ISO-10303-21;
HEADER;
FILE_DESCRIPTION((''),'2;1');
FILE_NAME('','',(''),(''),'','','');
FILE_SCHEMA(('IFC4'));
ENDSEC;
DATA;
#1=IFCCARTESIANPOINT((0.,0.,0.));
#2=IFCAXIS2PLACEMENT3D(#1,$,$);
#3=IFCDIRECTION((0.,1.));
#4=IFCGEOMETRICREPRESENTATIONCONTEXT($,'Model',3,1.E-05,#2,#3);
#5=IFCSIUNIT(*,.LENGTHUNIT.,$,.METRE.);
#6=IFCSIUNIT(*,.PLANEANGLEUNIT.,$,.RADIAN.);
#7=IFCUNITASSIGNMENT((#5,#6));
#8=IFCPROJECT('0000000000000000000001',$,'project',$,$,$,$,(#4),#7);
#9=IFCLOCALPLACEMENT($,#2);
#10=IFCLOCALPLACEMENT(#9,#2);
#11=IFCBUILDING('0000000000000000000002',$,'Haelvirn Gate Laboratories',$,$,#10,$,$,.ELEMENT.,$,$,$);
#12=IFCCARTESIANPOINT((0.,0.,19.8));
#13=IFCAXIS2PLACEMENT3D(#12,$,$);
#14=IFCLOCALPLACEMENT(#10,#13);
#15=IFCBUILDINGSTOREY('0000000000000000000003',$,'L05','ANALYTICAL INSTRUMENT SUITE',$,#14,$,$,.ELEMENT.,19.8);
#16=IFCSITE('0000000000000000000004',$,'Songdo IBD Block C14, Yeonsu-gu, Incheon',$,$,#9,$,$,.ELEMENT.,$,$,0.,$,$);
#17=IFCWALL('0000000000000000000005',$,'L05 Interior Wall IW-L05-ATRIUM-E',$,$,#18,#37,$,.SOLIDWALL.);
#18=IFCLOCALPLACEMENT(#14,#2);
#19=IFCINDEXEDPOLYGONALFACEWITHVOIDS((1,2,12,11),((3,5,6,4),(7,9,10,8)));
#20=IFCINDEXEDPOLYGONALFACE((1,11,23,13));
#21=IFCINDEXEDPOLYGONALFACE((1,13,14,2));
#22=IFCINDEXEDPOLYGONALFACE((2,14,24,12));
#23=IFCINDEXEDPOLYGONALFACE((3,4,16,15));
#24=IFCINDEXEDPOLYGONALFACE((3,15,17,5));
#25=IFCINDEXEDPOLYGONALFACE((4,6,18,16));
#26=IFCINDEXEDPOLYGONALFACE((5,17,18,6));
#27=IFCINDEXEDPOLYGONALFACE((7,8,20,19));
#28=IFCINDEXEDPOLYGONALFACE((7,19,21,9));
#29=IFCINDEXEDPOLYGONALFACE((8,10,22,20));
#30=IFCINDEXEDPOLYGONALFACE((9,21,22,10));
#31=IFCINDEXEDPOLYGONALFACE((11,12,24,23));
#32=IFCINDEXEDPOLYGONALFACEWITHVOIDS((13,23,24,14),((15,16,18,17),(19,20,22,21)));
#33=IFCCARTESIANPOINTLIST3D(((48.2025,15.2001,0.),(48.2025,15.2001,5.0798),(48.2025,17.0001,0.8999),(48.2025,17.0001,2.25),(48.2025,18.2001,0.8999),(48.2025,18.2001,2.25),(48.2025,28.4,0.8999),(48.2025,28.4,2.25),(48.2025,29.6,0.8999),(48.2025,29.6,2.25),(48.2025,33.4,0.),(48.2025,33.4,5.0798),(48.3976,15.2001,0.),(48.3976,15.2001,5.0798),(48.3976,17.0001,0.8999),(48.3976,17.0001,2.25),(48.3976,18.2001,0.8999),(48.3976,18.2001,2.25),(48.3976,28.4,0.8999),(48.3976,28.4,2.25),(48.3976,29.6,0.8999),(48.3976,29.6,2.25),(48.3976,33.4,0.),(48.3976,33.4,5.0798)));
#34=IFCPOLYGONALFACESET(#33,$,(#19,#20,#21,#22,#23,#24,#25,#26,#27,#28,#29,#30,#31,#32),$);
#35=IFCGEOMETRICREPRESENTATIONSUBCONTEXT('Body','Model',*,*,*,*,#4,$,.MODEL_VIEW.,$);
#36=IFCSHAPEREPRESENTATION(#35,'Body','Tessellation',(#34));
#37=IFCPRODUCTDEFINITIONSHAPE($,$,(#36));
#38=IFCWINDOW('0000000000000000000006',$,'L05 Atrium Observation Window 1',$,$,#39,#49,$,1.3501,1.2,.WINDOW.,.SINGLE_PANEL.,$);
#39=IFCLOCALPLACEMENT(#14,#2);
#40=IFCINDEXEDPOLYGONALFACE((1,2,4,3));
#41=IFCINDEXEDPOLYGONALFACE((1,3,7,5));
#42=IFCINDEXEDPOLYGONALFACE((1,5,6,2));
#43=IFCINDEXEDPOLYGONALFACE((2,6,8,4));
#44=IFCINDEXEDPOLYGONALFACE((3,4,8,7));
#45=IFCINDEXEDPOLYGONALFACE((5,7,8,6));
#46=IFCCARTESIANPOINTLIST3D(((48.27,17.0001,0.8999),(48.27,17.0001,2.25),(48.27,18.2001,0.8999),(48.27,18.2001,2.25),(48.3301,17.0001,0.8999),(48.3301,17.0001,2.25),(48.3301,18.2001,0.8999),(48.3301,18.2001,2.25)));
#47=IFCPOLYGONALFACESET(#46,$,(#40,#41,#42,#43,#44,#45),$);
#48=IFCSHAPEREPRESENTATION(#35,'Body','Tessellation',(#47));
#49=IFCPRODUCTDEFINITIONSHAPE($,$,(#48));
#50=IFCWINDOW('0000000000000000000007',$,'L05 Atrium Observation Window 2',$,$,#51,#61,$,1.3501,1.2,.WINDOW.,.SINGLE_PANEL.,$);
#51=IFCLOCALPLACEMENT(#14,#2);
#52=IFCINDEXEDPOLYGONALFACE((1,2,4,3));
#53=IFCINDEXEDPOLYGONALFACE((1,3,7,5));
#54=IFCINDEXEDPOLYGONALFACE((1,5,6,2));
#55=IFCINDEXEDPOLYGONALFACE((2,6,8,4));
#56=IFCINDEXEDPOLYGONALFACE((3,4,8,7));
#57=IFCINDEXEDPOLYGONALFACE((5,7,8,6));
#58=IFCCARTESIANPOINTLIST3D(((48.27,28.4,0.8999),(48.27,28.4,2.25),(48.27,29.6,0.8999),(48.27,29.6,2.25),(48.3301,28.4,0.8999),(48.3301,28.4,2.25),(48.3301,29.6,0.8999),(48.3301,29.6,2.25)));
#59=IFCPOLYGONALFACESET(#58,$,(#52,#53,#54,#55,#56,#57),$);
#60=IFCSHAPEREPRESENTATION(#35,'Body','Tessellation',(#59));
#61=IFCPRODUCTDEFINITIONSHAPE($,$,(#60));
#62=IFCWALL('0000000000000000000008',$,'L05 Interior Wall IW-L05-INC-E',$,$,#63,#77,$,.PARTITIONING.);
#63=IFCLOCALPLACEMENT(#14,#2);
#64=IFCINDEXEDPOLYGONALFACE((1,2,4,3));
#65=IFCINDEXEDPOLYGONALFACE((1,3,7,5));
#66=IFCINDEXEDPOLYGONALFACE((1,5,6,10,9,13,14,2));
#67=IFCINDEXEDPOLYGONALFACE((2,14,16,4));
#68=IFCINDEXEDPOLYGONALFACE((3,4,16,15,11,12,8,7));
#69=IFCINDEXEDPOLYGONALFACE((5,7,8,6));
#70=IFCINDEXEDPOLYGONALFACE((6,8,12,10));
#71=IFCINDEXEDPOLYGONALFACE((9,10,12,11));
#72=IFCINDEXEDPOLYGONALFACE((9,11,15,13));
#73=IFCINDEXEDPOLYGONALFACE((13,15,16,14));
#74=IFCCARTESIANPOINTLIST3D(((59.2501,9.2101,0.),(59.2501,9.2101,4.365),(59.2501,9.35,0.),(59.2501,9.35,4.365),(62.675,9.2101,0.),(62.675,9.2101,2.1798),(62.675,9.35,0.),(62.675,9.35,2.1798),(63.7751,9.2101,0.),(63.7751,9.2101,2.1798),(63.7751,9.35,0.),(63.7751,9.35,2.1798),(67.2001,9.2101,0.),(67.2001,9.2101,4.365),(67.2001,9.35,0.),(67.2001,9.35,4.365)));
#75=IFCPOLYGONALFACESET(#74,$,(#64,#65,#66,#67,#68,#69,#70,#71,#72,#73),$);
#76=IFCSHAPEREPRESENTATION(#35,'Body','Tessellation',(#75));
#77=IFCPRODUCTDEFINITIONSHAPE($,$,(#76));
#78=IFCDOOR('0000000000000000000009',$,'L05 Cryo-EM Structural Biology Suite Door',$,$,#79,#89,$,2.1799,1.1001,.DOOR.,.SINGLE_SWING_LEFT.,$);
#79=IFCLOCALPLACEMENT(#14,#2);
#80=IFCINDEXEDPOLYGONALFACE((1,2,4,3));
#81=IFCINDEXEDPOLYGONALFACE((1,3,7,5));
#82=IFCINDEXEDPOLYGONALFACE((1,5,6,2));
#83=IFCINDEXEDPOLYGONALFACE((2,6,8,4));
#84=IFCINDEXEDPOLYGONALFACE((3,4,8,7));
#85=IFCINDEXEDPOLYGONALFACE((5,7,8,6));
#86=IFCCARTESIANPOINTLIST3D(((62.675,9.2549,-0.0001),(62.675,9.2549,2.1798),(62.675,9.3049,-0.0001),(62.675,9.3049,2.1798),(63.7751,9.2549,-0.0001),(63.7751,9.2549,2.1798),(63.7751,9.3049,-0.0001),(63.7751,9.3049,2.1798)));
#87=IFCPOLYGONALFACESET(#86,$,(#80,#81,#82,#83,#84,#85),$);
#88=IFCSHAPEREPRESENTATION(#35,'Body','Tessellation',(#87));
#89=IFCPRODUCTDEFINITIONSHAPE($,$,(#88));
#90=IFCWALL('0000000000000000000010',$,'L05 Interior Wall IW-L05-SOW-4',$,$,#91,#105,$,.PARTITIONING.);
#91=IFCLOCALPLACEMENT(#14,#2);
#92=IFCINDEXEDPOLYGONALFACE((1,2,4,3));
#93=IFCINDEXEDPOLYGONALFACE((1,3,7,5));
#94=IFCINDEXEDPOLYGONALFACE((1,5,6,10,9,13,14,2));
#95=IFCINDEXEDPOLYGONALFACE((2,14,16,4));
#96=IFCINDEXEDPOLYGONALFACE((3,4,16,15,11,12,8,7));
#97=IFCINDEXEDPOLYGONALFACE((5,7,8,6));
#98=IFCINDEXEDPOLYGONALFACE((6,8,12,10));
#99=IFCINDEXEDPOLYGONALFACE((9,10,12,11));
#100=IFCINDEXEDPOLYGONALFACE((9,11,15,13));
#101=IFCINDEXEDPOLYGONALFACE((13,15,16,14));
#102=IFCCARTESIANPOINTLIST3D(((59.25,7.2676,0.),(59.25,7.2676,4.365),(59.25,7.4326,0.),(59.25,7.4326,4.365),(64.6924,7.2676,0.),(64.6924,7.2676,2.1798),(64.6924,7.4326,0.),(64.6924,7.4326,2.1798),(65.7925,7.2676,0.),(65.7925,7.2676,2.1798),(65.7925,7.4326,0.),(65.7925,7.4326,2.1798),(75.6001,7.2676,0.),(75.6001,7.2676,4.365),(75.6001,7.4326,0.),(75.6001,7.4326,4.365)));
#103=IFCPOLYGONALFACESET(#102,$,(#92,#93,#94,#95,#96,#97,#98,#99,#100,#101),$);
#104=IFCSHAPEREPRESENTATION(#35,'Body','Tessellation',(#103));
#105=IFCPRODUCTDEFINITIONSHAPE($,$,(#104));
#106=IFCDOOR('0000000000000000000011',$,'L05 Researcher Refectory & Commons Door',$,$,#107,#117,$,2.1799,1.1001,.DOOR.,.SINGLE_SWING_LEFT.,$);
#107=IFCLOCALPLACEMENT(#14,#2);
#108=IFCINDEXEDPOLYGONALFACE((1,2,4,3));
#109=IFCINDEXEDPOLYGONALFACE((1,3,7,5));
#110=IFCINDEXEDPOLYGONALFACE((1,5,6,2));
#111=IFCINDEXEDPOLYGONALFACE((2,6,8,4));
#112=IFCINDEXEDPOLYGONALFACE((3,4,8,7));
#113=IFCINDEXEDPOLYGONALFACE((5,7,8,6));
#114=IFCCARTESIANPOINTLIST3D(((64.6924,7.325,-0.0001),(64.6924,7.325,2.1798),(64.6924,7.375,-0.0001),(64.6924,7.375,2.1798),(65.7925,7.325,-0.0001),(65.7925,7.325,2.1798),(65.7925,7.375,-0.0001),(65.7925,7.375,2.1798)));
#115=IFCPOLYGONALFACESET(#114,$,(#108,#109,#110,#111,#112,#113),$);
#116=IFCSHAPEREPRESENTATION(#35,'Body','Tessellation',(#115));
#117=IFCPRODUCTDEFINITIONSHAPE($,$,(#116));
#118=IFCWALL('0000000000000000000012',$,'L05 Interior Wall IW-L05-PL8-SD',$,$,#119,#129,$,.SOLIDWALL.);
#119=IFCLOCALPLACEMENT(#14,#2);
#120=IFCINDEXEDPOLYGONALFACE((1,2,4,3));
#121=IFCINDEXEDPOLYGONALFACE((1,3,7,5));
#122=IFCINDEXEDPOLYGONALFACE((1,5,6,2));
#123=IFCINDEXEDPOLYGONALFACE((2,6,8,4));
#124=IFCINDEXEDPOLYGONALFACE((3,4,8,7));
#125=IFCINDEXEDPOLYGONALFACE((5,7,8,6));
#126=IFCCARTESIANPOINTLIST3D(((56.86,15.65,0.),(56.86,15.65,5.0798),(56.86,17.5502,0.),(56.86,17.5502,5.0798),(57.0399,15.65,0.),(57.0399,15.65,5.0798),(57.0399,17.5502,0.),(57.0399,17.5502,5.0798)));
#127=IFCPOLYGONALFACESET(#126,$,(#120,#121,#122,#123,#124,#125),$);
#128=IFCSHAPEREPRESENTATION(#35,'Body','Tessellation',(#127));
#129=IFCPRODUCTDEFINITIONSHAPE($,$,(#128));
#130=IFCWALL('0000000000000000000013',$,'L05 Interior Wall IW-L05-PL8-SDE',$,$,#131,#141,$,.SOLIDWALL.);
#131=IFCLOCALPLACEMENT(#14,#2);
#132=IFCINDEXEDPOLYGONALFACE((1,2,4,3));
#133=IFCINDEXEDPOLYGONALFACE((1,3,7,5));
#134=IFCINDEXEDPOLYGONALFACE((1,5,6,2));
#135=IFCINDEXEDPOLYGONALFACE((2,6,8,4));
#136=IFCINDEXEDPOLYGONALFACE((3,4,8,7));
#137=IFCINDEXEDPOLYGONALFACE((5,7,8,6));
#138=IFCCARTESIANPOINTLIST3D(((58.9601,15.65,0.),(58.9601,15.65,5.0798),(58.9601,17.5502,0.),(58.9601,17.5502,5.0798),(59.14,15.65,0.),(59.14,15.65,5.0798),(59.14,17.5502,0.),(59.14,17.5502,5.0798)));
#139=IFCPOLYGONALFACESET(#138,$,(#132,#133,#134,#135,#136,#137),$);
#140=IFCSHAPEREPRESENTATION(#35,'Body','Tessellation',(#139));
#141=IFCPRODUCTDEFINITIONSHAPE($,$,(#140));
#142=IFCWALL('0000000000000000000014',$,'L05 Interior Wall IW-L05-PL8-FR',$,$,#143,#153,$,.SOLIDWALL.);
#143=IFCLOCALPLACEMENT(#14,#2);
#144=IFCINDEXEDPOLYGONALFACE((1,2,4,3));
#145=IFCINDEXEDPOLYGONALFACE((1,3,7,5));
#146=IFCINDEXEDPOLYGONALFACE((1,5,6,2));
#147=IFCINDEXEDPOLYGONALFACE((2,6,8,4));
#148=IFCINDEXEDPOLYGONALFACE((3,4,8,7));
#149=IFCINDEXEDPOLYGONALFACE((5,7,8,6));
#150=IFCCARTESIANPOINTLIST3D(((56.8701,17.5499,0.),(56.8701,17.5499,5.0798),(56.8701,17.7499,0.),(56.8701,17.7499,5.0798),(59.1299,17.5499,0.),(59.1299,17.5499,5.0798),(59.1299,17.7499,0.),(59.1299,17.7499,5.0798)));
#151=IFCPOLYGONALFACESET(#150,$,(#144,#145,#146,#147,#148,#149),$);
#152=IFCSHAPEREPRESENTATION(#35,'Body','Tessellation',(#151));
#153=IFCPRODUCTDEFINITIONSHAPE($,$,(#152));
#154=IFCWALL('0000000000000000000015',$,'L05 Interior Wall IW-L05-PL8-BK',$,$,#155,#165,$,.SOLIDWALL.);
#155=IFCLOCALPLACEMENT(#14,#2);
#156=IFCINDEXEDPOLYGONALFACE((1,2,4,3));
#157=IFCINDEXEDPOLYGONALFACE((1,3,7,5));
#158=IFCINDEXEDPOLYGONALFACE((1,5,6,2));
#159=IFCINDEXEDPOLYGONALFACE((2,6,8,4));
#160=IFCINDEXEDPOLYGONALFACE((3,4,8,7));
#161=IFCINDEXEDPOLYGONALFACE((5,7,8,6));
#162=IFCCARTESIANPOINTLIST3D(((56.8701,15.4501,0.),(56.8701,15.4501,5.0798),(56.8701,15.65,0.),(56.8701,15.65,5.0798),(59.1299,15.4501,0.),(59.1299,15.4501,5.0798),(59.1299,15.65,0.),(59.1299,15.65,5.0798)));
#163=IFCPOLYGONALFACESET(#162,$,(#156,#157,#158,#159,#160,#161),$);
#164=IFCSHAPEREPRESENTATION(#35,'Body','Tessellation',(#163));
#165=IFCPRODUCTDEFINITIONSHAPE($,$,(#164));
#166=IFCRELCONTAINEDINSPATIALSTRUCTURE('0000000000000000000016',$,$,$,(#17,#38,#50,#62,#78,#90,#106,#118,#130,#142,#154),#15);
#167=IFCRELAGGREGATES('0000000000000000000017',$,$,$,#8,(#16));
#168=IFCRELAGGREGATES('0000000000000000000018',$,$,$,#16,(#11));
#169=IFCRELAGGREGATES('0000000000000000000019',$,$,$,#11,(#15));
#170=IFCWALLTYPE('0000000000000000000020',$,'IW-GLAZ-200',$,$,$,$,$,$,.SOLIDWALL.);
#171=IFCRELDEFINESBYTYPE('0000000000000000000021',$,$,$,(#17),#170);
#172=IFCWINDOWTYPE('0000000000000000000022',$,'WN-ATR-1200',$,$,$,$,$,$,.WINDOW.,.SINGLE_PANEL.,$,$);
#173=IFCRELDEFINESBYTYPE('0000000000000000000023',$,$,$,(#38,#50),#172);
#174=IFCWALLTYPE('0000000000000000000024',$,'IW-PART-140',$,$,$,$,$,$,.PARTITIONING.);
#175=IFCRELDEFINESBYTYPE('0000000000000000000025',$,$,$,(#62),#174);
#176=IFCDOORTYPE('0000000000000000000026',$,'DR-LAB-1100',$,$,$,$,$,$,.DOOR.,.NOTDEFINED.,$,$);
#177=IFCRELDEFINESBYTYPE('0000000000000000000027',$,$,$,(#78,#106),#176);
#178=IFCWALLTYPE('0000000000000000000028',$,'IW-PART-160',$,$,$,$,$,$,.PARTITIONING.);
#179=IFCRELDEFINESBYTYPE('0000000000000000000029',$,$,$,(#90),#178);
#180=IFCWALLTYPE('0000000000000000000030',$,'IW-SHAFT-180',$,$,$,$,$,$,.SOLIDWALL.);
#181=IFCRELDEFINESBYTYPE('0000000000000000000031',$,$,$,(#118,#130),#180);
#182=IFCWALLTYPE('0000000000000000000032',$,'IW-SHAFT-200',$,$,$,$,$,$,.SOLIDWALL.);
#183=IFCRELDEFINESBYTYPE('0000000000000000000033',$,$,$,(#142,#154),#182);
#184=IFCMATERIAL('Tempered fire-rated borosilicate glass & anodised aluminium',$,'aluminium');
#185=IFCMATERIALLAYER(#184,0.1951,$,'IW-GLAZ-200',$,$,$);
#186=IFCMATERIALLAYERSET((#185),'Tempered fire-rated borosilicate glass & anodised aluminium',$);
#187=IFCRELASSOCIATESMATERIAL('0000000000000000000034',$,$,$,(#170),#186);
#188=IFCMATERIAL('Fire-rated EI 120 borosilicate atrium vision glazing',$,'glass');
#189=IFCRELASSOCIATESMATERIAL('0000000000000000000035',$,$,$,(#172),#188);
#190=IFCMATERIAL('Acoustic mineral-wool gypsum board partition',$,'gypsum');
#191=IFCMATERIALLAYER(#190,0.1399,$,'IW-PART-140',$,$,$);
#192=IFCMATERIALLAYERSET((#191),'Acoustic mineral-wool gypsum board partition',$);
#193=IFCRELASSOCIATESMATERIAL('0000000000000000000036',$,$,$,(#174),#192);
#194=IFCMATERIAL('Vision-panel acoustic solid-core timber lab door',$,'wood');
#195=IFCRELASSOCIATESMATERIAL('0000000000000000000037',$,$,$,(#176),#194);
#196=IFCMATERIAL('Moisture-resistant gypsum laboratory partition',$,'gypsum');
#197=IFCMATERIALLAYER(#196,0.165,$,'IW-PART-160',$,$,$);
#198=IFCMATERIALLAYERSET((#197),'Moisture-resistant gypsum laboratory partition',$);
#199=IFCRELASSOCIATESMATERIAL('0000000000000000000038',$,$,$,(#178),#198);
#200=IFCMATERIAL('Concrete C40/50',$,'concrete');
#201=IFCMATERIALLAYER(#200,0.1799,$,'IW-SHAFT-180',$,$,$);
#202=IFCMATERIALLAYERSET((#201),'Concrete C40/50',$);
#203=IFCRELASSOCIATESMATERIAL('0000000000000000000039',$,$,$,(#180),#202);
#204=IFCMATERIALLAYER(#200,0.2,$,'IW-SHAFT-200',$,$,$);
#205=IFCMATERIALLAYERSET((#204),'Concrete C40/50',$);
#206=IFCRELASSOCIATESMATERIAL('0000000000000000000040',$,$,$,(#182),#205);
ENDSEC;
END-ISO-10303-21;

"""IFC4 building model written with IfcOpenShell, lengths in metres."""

from ifc_helpers import new_model, si_unit, direction, frame, frame_2d, origin, place, context, subcontext, project, spatial, rectangle, extrude, source, transform, mapped, material, layer, layer_set, type_object, type_shapes, element, fill, save


model = new_model("IFC4")

# Units and contexts
model_context = context("Model", 3, precision=1e-05, world=origin(), true_north=direction((0.0, 1.0)))
body_context = subcontext(model_context, "Body", "Model", "MODEL_VIEW")
ifc_project = project(units=[si_unit("LENGTHUNIT", "METRE"), si_unit("PLANEANGLEUNIT", "RADIAN")], contexts=[model_context])

# Site, building, storey
site_placement = place(None, origin())
site = spatial("IfcSite", under=ifc_project, at=site_placement, Name="Songdo IBD Block C14, Yeonsu-gu, Incheon", CompositionType="ELEMENT", RefElevation=0.0)
building_placement = place(site_placement, origin())
building = spatial("IfcBuilding", under=site, at=building_placement, Name="Haelvirn Gate Laboratories", CompositionType="ELEMENT")
storey_placement = place(building_placement, frame((0.0, 0.0, 19.8)))
storey = spatial("IfcBuildingStorey", under=building, at=storey_placement, Name="L05", Description="ANALYTICAL INSTRUMENT SUITE", CompositionType="ELEMENT", Elevation=19.8)

# Wall, openings, windows
ifc_material_1 = material(Name="Tempered fire-rated borosilicate glass & anodised aluminium", Category="aluminium")
ifc_layer_1 = layer(ifc_material_1, 0.1951, Name="IW-GLAZ-200")
ifc_layer_set_1 = layer_set([ifc_layer_1], Name="Tempered fire-rated borosilicate glass & anodised aluminium")
wall_type_1 = type_object("IfcWallType", Name="IW-GLAZ-200", PredefinedType="SOLIDWALL", material=ifc_layer_set_1)
wall_1_placement = place(storey_placement, frame((48.3, 15.2, 0.0), z_axis=(0.0, 0.0, 1.0), x_axis=(0.0, 1.0, 0.0)))
wall_1 = element("IfcWall", 1, at=wall_1_placement, inside=storey, type_object=wall_type_1, Name="L05 Interior Wall IW-L05-ATRIUM-E", PredefinedType="SOLIDWALL", context=body_context, shape_type="SweptSolid", body=[
    extrude(rectangle(XDim=18.2, YDim=0.1951, at=frame_2d((9.1001, 0.0))), origin(), (0.0, 0.0, 1.0), 5.0798),
])
opening_1_placement = place(wall_1_placement, frame((1.8, 0.0, 0.8999)))
opening_1 = element("IfcOpeningElement", 2, at=opening_1_placement, cuts=wall_1, PredefinedType="OPENING", context=body_context, shape_type="SweptSolid", body=[
    extrude(rectangle(XDim=1.2, YDim=1.3501, at=frame_2d((0.6001, 0.675))), frame((0.0, 0.1074, 0.0), z_axis=(0.0, -1.0, 0.0), x_axis=(1.0, 0.0, 0.0)), (0.0, 0.0, 1.0), 0.2151),
])
opening_2_placement = place(wall_1_placement, frame((13.2, 0.0, 0.8999)))
opening_2 = element("IfcOpeningElement", 3, at=opening_2_placement, cuts=wall_1, PredefinedType="OPENING", context=body_context, shape_type="SweptSolid", body=[
    extrude(rectangle(XDim=1.2, YDim=1.3501, at=frame_2d((0.6001, 0.675))), frame((0.0, 0.1074, 0.0), z_axis=(0.0, -1.0, 0.0), x_axis=(1.0, 0.0, 0.0)), (0.0, 0.0, 1.0), 0.2151),
])
ifc_material_2 = material(Name="Fire-rated EI 120 borosilicate atrium vision glazing", Category="glass")
window_type = type_object("IfcWindowType", Name="WN-ATR-1200", PartitioningType="SINGLE_PANEL", PredefinedType="WINDOW", material=ifc_material_2)
shared_shape_1 = source(origin(), body_context, "Body", "SweptSolid", [
    extrude(rectangle(XDim=1.2, YDim=1.3501, at=frame_2d((0.6001, 0.675))), frame((0.0, 0.03, 0.0), z_axis=(0.0, -1.0, 0.0), x_axis=(1.0, 0.0, 0.0)), (0.0, 0.0, 1.0), 0.0601),
])
type_shapes(window_type, [shared_shape_1])
window_1_placement = place(opening_1_placement, origin())
window_1 = element("IfcWindow", 4, at=window_1_placement, inside=storey, type_object=window_type, Name="L05 Atrium Observation Window 1", OverallHeight=1.3501, OverallWidth=1.2, PartitioningType="SINGLE_PANEL", PredefinedType="WINDOW", context=body_context, shape_type="MappedRepresentation", body=[
    mapped(shared_shape_1, transform((0.0, 0.0, 0.0), scale=1.0)),
])
fill(opening_1, window_1)
window_2_placement = place(opening_2_placement, origin())
window_2 = element("IfcWindow", 5, at=window_2_placement, inside=storey, type_object=window_type, Name="L05 Atrium Observation Window 2", OverallHeight=1.3501, OverallWidth=1.2, PartitioningType="SINGLE_PANEL", PredefinedType="WINDOW", context=body_context, shape_type="MappedRepresentation", body=[
    mapped(shared_shape_1, transform((0.0, 0.0, 0.0), scale=1.0)),
])
fill(opening_2, window_2)

# Walls, openings, doors
ifc_material_3 = material(Name="Acoustic mineral-wool gypsum board partition", Category="gypsum")
ifc_layer_2 = layer(ifc_material_3, 0.1399, Name="IW-PART-140")
ifc_layer_set_2 = layer_set([ifc_layer_2], Name="Acoustic mineral-wool gypsum board partition")
wall_type_2 = type_object("IfcWallType", Name="IW-PART-140", PredefinedType="PARTITIONING", material=ifc_layer_set_2)
wall_2_placement = place(storey_placement, frame((59.25, 9.28, 0.0), z_axis=(0.0, 0.0, 1.0), x_axis=(1.0, 0.0, 0.0)))
wall_2 = element("IfcWall", 6, at=wall_2_placement, inside=storey, type_object=wall_type_2, Name="L05 Interior Wall IW-L05-INC-E", PredefinedType="PARTITIONING", context=body_context, shape_type="SweptSolid", body=[
    extrude(rectangle(XDim=7.95, YDim=0.1399, at=frame_2d((3.9751, 0.0))), origin(), (0.0, 0.0, 1.0), 4.365),
])
opening_3_placement = place(wall_2_placement, frame((3.425, 0.0, 0.0)))
opening_3 = element("IfcOpeningElement", 7, at=opening_3_placement, cuts=wall_2, PredefinedType="OPENING", context=body_context, shape_type="SweptSolid", body=[
    extrude(rectangle(XDim=1.1001, YDim=2.1799, at=frame_2d((0.55, 1.0898))), frame((0.0, 0.0801, 0.0), z_axis=(0.0, -1.0, 0.0), x_axis=(1.0, 0.0, 0.0)), (0.0, 0.0, 1.0), 0.1599),
])
ifc_material_4 = material(Name="Vision-panel acoustic solid-core timber lab door", Category="wood")
door_type_1 = type_object("IfcDoorType", Name="DR-LAB-1100", OperationType="NOTDEFINED", PredefinedType="DOOR", material=ifc_material_4)
shared_shape_2 = source(origin(), body_context, "Body", "SweptSolid", [
    extrude(rectangle(XDim=1.1001, YDim=2.1799, at=frame_2d((0.55, 1.0898))), frame((0.0, 0.0249, 0.0), z_axis=(0.0, -1.0, 0.0), x_axis=(1.0, 0.0, 0.0)), (0.0, 0.0, 1.0), 0.05),
])
type_shapes(door_type_1, [shared_shape_2])
door_1_placement = place(opening_3_placement, origin())
door_1 = element("IfcDoor", 8, at=door_1_placement, inside=storey, type_object=door_type_1, Name="L05 Cryo-EM Structural Biology Suite Door", OperationType="SINGLE_SWING_LEFT", OverallHeight=2.1799, OverallWidth=1.1001, PredefinedType="DOOR", context=body_context, shape_type="MappedRepresentation", body=[
    mapped(shared_shape_2, transform((0.0, 0.0, 0.0), scale=1.0)),
])
fill(opening_3, door_1)
ifc_material_5 = material(Name="Moisture-resistant gypsum laboratory partition", Category="gypsum")
ifc_layer_3 = layer(ifc_material_5, 0.165, Name="IW-PART-160")
ifc_layer_set_3 = layer_set([ifc_layer_3], Name="Moisture-resistant gypsum laboratory partition")
wall_type_3 = type_object("IfcWallType", Name="IW-PART-160", PredefinedType="PARTITIONING", material=ifc_layer_set_3)
wall_3_placement = place(storey_placement, frame((59.25, 7.3501, 0.0), z_axis=(0.0, 0.0, 1.0), x_axis=(1.0, 0.0, 0.0)))
wall_3 = element("IfcWall", 9, at=wall_3_placement, inside=storey, type_object=wall_type_3, Name="L05 Interior Wall IW-L05-SOW-4", PredefinedType="PARTITIONING", context=body_context, shape_type="SweptSolid", body=[
    extrude(rectangle(XDim=16.3501, YDim=0.165, at=frame_2d((8.175, 0.0))), origin(), (0.0, 0.0, 1.0), 4.365),
])
opening_4_placement = place(wall_3_placement, frame((5.4424, 0.0, 0.0)))
opening_4 = element("IfcOpeningElement", 10, at=opening_4_placement, cuts=wall_3, PredefinedType="OPENING", context=body_context, shape_type="SweptSolid", body=[
    extrude(rectangle(XDim=1.1001, YDim=2.1799, at=frame_2d((0.55, 1.0898))), frame((0.0, 0.0925, 0.0), z_axis=(0.0, -1.0, 0.0), x_axis=(1.0, 0.0, 0.0)), (0.0, 0.0, 1.0), 0.1851),
])
door_2_placement = place(opening_4_placement, origin())
door_2 = element("IfcDoor", 11, at=door_2_placement, inside=storey, type_object=door_type_1, Name="L05 Researcher Refectory & Commons Door", OperationType="SINGLE_SWING_LEFT", OverallHeight=2.1799, OverallWidth=1.1001, PredefinedType="DOOR", context=body_context, shape_type="MappedRepresentation", body=[
    mapped(shared_shape_2, transform((0.0, 0.0, 0.0), scale=1.0)),
])
fill(opening_4, door_2)

# Walls
ifc_material_6 = material(Name="Concrete C40/50", Category="concrete")
ifc_layer_4 = layer(ifc_material_6, 0.1799, Name="IW-SHAFT-180")
ifc_layer_set_4 = layer_set([ifc_layer_4], Name="Concrete C40/50")
wall_type_4 = type_object("IfcWallType", Name="IW-SHAFT-180", PredefinedType="SOLIDWALL", material=ifc_layer_set_4)
for number, where, z_axis, x_axis, name in (
    (12, (56.95, 15.6499, 0.0), (0.0, 0.0, 1.0), (0.0, 1.0, 0.0), "L05 Interior Wall IW-L05-PL8-SD"),
    (13, (59.05, 15.6499, 0.0), (0.0, 0.0, 1.0), (0.0, 1.0, 0.0), "L05 Interior Wall IW-L05-PL8-SDE"),
):
    element("IfcWall", number, at=place(storey_placement, frame(where, z_axis=z_axis, x_axis=x_axis)), inside=storey, type_object=wall_type_4, Name=name, PredefinedType="SOLIDWALL", context=body_context, shape_type="SweptSolid", body=[
        extrude(rectangle(XDim=1.9001, YDim=0.1799, at=frame_2d((0.9502, 0.0))), origin(), (0.0, 0.0, 1.0), 5.0798),
    ])
ifc_layer_5 = layer(ifc_material_6, 0.2, Name="IW-SHAFT-200")
ifc_layer_set_5 = layer_set([ifc_layer_5], Name="Concrete C40/50")
wall_type_5 = type_object("IfcWallType", Name="IW-SHAFT-200", PredefinedType="SOLIDWALL", material=ifc_layer_set_5)
for number, where, z_axis, x_axis, name in (
    (14, (56.8701, 17.6499, 0.0), (0.0, 0.0, 1.0), (1.0, 0.0, 0.0), "L05 Interior Wall IW-L05-PL8-FR"),
    (15, (56.8701, 15.55, 0.0), (0.0, 0.0, 1.0), (1.0, 0.0, 0.0), "L05 Interior Wall IW-L05-PL8-BK"),
):
    element("IfcWall", number, at=place(storey_placement, frame(where, z_axis=z_axis, x_axis=x_axis)), inside=storey, type_object=wall_type_5, Name=name, PredefinedType="SOLIDWALL", context=body_context, shape_type="SweptSolid", body=[
        extrude(rectangle(XDim=2.2598, YDim=0.2, at=frame_2d((1.1299, 0.0))), origin(), (0.0, 0.0, 1.0), 5.0798),
    ])

save(model, "model.ifc")
